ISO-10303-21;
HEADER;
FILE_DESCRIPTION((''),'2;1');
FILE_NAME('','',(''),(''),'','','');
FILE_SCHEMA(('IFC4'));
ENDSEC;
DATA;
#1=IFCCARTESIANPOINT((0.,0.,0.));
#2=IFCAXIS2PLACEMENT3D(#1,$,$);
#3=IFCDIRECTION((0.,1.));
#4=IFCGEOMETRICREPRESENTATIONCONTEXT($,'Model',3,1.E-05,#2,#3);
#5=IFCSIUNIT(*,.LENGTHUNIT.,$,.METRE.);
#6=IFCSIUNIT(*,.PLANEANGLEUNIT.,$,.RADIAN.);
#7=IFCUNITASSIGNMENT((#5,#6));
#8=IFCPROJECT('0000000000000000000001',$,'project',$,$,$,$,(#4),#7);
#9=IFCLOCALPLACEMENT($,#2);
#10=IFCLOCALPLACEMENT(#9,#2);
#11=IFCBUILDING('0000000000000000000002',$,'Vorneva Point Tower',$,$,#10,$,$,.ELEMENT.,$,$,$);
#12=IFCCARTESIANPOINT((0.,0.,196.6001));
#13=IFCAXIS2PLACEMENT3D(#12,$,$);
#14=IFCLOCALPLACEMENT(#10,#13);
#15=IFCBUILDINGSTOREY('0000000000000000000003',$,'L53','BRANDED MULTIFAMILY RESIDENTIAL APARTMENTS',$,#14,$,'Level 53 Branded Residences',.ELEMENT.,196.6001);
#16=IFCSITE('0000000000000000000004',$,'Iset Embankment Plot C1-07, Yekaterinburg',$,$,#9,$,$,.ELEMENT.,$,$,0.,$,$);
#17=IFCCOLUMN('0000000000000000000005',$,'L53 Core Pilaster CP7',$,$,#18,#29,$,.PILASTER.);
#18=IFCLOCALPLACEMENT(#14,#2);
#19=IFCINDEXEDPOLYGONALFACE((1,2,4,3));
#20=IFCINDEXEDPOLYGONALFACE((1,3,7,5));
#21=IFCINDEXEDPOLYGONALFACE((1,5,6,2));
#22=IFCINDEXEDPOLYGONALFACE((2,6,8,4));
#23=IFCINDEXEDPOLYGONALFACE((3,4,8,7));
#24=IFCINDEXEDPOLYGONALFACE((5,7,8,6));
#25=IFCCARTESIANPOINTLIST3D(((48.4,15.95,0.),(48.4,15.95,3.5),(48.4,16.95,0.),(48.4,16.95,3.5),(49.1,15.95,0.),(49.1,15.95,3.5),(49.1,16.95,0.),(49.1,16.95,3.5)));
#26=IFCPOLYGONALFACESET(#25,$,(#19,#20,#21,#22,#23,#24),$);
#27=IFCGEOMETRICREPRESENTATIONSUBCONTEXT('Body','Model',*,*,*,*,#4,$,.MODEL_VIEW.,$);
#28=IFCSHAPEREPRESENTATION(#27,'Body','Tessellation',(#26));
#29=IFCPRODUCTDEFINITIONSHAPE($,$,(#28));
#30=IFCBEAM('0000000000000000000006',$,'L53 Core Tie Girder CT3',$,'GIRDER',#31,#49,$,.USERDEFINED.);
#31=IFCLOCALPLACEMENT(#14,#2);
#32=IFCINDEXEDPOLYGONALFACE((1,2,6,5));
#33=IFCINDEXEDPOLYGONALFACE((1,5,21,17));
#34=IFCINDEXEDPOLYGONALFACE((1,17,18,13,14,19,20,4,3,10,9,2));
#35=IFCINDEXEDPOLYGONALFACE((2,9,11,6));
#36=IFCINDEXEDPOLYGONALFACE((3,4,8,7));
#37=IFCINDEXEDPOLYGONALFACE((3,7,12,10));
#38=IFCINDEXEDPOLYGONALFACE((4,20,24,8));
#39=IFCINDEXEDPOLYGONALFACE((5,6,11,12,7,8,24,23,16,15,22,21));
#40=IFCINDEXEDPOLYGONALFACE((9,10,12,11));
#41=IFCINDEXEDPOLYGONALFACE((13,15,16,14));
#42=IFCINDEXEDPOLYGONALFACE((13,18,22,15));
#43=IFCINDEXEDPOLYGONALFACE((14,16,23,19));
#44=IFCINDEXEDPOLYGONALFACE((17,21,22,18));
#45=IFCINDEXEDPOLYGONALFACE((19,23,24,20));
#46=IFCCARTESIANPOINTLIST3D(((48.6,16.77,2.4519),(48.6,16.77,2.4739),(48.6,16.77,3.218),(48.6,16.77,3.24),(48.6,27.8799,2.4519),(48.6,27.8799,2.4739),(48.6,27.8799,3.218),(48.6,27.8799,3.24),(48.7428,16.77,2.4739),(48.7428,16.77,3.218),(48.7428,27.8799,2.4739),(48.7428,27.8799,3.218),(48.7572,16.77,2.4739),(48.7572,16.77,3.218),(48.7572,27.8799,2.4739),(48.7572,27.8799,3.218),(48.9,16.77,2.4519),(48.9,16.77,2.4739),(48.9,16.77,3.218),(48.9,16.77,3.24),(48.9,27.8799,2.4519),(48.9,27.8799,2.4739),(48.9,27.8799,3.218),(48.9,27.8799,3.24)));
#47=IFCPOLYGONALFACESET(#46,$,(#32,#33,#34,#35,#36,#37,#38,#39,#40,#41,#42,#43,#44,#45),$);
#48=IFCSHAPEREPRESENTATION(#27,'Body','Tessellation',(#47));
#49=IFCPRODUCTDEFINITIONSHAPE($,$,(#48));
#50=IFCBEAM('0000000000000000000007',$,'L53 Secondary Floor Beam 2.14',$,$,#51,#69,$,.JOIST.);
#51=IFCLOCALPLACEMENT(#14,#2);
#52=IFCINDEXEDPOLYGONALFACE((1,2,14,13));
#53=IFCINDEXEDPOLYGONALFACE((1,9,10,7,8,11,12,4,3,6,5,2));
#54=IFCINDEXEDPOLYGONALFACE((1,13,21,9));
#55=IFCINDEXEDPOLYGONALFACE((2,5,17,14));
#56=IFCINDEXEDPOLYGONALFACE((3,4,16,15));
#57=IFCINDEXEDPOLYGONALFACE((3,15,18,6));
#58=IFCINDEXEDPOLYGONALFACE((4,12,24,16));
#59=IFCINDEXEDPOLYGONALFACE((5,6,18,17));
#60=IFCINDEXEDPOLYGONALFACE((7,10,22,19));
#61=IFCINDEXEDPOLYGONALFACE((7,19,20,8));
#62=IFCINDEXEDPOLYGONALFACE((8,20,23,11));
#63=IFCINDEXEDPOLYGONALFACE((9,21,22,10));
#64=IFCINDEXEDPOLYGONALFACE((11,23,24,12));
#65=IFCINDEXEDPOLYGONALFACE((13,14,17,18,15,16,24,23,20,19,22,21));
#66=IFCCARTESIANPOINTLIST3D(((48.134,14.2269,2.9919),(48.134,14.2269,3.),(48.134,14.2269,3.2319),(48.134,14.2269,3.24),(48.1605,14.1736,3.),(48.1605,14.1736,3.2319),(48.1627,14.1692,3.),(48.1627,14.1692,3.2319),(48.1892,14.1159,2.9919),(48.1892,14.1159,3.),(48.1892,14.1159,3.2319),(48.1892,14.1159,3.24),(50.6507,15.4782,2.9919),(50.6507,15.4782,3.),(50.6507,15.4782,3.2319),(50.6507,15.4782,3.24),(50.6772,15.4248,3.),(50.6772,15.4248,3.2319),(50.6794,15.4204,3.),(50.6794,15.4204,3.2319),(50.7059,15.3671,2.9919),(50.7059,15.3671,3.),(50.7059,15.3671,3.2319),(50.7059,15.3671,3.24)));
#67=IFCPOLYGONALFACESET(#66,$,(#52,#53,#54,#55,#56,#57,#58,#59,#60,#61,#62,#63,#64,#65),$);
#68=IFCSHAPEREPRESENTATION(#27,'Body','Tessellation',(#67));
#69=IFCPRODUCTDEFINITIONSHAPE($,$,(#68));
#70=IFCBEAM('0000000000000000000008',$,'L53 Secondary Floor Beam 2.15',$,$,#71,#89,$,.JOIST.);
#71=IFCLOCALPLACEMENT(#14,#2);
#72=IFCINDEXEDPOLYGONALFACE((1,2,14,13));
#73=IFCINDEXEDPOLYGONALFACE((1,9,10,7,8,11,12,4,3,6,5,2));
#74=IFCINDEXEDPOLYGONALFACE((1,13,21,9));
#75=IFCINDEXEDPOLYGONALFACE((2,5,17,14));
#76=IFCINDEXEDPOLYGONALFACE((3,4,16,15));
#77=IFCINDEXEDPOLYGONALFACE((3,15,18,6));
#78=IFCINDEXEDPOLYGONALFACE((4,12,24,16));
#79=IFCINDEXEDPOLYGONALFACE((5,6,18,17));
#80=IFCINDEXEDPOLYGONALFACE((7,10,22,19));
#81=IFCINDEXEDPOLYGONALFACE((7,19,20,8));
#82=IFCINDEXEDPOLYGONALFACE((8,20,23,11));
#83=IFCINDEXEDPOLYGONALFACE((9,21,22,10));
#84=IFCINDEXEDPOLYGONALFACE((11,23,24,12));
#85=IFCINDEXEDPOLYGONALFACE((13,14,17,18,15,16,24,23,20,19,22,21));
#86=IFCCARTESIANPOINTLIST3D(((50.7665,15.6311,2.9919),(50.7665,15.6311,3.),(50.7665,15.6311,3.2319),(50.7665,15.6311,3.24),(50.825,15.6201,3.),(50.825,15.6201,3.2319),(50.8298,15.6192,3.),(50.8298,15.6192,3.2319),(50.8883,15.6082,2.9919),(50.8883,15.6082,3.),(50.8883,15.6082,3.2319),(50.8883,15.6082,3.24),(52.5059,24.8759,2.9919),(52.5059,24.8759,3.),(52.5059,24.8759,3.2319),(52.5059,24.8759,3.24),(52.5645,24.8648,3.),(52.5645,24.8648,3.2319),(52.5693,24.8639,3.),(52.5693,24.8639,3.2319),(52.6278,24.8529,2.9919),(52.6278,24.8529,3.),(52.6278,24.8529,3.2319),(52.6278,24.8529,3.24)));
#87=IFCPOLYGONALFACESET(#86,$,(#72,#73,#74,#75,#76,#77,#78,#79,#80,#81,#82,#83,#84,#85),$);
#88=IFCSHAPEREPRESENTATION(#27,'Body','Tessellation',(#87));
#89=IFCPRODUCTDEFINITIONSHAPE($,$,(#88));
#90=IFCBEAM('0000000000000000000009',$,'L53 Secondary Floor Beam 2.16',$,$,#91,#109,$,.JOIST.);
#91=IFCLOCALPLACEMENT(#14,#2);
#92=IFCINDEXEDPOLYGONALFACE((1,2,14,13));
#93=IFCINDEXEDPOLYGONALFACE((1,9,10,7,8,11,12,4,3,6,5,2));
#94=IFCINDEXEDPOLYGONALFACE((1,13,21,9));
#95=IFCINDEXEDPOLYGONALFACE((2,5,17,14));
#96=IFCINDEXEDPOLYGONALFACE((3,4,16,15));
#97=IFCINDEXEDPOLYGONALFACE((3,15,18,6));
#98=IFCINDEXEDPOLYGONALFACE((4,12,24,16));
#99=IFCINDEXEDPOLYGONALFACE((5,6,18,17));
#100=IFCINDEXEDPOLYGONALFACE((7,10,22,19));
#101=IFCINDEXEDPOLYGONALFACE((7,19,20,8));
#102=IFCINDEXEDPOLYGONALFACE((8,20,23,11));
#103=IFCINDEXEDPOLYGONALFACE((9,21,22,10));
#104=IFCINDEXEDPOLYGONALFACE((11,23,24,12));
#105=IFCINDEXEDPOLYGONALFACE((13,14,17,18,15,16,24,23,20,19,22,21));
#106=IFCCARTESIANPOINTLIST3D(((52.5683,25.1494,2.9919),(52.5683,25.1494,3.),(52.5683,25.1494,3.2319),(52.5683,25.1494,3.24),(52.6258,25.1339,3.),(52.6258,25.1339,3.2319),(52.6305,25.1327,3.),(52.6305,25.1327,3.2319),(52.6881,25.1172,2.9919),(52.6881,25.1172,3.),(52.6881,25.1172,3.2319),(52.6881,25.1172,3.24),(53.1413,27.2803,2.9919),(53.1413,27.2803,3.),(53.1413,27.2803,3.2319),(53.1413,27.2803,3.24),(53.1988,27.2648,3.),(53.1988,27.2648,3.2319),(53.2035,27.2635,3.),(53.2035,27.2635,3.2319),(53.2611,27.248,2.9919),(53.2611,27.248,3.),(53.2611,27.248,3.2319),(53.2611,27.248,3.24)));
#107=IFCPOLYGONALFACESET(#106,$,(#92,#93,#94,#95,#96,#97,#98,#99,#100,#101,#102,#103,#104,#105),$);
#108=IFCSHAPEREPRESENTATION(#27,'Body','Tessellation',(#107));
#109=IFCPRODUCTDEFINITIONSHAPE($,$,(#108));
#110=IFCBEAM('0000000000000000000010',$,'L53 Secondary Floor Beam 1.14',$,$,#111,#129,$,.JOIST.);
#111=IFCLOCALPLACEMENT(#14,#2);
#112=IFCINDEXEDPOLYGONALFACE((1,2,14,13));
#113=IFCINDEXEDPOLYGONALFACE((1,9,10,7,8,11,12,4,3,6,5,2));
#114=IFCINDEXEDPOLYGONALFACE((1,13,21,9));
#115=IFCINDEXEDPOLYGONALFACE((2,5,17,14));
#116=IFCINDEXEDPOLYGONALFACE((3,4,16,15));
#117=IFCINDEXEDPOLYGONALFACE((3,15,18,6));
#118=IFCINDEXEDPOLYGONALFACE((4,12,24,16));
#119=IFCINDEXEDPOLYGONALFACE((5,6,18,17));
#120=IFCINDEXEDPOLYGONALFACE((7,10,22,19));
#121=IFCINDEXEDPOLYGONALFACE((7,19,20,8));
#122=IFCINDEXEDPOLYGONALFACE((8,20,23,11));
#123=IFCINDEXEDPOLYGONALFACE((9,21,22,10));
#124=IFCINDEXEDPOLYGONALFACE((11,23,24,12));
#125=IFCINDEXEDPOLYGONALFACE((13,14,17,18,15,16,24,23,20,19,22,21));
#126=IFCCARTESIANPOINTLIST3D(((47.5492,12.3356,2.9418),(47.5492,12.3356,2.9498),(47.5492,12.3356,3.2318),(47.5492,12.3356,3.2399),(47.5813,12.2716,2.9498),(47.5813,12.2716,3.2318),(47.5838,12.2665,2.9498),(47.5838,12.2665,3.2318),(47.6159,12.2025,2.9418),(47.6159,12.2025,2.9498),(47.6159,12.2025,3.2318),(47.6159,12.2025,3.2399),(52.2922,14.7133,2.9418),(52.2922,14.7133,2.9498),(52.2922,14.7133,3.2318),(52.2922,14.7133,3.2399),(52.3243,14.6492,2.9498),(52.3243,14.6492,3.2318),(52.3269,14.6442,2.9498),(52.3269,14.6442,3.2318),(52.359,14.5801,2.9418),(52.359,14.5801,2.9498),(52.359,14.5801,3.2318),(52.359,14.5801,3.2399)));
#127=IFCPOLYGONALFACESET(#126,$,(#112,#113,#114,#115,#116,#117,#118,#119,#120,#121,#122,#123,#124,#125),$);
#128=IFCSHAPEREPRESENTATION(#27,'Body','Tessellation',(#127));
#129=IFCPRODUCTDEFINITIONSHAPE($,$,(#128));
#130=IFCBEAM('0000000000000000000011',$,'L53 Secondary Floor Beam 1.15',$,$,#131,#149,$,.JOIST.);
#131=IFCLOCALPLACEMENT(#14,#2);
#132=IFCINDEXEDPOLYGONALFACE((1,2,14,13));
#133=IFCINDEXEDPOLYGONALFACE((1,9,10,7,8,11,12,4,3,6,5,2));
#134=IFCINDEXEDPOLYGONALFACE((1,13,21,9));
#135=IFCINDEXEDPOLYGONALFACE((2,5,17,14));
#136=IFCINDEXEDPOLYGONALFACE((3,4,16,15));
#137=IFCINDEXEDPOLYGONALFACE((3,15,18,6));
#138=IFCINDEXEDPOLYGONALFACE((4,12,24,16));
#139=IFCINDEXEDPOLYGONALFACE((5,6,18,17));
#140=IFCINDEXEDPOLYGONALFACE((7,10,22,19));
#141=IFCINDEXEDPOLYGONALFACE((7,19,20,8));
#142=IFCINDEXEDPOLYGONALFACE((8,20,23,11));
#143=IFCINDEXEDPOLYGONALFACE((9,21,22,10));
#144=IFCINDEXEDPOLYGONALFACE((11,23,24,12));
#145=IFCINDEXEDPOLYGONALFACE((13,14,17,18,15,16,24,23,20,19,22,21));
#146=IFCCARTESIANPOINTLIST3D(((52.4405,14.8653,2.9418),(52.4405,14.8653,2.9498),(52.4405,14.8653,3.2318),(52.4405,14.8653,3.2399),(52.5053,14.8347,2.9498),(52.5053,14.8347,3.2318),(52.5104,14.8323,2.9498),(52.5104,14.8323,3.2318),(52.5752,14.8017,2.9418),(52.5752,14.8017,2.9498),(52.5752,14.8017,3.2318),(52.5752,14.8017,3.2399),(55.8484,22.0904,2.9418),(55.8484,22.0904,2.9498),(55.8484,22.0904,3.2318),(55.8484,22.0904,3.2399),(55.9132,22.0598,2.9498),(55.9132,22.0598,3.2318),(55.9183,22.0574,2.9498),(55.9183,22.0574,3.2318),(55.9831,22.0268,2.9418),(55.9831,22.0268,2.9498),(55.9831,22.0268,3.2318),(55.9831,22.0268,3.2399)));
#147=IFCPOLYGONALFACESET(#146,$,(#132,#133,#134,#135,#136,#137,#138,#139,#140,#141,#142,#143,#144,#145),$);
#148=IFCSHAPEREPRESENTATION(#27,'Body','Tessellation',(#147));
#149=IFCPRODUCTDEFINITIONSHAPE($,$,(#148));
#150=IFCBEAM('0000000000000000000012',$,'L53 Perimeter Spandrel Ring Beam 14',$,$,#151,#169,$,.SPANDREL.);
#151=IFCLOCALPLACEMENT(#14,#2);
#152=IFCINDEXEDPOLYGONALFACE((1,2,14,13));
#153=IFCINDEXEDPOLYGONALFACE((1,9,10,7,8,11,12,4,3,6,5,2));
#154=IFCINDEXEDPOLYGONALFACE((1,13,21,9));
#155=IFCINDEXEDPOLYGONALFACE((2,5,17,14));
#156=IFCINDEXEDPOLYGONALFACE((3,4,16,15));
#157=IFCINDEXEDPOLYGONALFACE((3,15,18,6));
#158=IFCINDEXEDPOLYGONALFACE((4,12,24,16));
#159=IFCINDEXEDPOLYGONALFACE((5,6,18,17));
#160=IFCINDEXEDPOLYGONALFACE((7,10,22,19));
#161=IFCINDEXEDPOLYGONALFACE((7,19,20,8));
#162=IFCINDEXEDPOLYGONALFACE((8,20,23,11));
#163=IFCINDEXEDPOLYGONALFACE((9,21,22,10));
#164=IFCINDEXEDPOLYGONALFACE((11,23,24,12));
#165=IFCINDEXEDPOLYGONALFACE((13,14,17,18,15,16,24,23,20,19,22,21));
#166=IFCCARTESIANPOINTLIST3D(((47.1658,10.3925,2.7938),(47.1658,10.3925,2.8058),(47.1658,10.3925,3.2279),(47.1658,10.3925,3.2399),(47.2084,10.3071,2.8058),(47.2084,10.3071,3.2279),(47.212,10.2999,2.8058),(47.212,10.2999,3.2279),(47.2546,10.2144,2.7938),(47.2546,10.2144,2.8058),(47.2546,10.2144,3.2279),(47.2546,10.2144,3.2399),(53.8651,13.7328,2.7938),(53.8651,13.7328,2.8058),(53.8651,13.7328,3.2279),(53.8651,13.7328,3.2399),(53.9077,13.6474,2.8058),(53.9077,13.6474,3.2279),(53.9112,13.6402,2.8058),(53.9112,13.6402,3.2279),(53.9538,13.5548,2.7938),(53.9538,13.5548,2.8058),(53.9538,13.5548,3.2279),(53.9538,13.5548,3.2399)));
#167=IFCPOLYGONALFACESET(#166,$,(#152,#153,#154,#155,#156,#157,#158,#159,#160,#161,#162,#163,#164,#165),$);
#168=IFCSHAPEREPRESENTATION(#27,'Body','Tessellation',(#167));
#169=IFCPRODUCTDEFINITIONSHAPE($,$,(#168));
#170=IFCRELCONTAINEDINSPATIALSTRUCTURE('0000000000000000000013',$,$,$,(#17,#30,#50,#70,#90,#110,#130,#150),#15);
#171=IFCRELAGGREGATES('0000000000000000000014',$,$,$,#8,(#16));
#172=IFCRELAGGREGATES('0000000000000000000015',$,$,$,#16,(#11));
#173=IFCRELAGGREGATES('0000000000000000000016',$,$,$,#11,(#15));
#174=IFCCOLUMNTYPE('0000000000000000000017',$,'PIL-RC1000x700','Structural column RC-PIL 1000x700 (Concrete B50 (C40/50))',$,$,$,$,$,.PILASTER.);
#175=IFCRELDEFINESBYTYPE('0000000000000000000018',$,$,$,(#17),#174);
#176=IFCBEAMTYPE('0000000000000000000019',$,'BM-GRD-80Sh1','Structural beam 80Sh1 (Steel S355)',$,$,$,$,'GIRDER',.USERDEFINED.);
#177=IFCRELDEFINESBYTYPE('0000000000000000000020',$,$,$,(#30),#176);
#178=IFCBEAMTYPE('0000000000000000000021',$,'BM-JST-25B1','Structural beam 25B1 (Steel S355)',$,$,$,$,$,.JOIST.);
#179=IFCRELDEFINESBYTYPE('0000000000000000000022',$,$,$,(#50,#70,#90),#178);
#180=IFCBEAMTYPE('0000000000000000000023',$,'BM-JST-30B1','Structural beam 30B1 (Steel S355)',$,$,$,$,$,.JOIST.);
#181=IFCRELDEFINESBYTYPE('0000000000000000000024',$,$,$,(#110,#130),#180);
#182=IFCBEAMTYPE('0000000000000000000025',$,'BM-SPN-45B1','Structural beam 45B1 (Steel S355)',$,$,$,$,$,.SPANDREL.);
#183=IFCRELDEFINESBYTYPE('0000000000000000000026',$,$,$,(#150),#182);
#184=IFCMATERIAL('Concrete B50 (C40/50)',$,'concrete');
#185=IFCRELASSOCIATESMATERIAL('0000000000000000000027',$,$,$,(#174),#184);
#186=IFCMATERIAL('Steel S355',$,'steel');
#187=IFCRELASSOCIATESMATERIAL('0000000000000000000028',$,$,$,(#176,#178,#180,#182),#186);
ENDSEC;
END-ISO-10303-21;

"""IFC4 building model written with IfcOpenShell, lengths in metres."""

from ifc_helpers import new_model, si_unit, direction, frame, origin, origin_2d, place, context, subcontext, project, spatial, rectangle, i_section, extrude, material, material_profile, profile_set, type_object, element, save


model = new_model("IFC4")

# Units and contexts
model_context = context("Model", 3, precision=1e-05, world=origin(), true_north=direction((0.0, 1.0)))
body_context = subcontext(model_context, "Body", "Model", "MODEL_VIEW")
ifc_project = project(units=[si_unit("LENGTHUNIT", "METRE"), si_unit("PLANEANGLEUNIT", "RADIAN")], contexts=[model_context])

# Site, building, storey
site_placement = place(None, origin())
site = spatial("IfcSite", under=ifc_project, at=site_placement, Name="Iset Embankment Plot C1-07, Yekaterinburg", CompositionType="ELEMENT", RefElevation=0.0)
building_placement = place(site_placement, origin())
building = spatial("IfcBuilding", under=site, at=building_placement, Name="Vorneva Point Tower", CompositionType="ELEMENT")
storey_placement = place(building_placement, frame((0.0, 0.0, 196.6001)))
storey = spatial("IfcBuildingStorey", under=building, at=storey_placement, Name="L53", Description="BRANDED MULTIFAMILY RESIDENTIAL APARTMENTS", LongName="Level 53 Branded Residences", CompositionType="ELEMENT", Elevation=196.6001)

# Column
ifc_material_1 = material(Name="Concrete B50 (C40/50)", Category="concrete")
ifc_material_profile_1 = material_profile(ifc_material_1, rectangle(XDim=0.7, YDim=1.0, at=origin_2d()), Name="RC-PIL 1000x700")
ifc_profile_set_1 = profile_set([ifc_material_profile_1], Name="Concrete B50 (C40/50)")
column_type = type_object("IfcColumnType", Name="PIL-RC1000x700", Description="Structural column RC-PIL 1000x700 (Concrete B50 (C40/50))", PredefinedType="PILASTER", material=ifc_profile_set_1)
column_placement = place(storey_placement, frame((48.75, 16.45, 0.0), z_axis=(0.0, 0.0, 1.0), x_axis=(1.0, 0.0, 0.0)))
element("IfcColumn", 1, at=column_placement, inside=storey, type_object=column_type, Name="L53 Core Pilaster CP7", PredefinedType="PILASTER", context=body_context, shape_type="SweptSolid", body=[
    extrude(rectangle(XDim=0.7, YDim=1.0, at=origin_2d()), origin(), (0.0, 0.0, 1.0), 3.5),
])

# Beams
ifc_material_2 = material(Name="Steel S355", Category="steel")
ifc_material_profile_2 = material_profile(ifc_material_2, i_section(OverallWidth=0.3, OverallDepth=0.7881, WebThickness=0.0144, FlangeThickness=0.022, at=origin_2d()), Name="80Sh1")
ifc_profile_set_2 = profile_set([ifc_material_profile_2], Name="Steel S355")
beam_type_1 = type_object("IfcBeamType", Name="BM-GRD-80Sh1", Description="Structural beam 80Sh1 (Steel S355)", ElementType="GIRDER", PredefinedType="USERDEFINED", material=ifc_profile_set_2)
beam_1_placement = place(storey_placement, frame((48.75, 16.77, 2.8459), z_axis=(0.0, 1.0, 0.0), x_axis=(-1.0, 0.0, 0.0)))
element("IfcBeam", 2, at=beam_1_placement, inside=storey, type_object=beam_type_1, Name="L53 Core Tie Girder CT3", ObjectType="GIRDER", PredefinedType="USERDEFINED", context=body_context, shape_type="SweptSolid", body=[
    extrude(i_section(OverallWidth=0.3, OverallDepth=0.7881, WebThickness=0.0144, FlangeThickness=0.022, at=origin_2d()), origin(), (0.0, 0.0, 1.0), 11.1099),
])
ifc_material_profile_3 = material_profile(ifc_material_2, i_section(OverallWidth=0.124, OverallDepth=0.248, WebThickness=0.0049, FlangeThickness=0.0081, at=origin_2d()), Name="25B1")
ifc_profile_set_3 = profile_set([ifc_material_profile_3], Name="Steel S355")
beam_type_2 = type_object("IfcBeamType", Name="BM-JST-25B1", Description="Structural beam 25B1 (Steel S355)", PredefinedType="JOIST", material=ifc_profile_set_3)
beam_2_placement = place(storey_placement, frame((48.1616, 14.1714, 3.116), z_axis=(0.895433, 0.445197, 0.0), x_axis=(-0.445197, 0.895433, 0.0)))
element("IfcBeam", 3, at=beam_2_placement, inside=storey, type_object=beam_type_2, Name="L53 Secondary Floor Beam 2.14", PredefinedType="JOIST", context=body_context, shape_type="SweptSolid", body=[
    extrude(i_section(OverallWidth=0.124, OverallDepth=0.248, WebThickness=0.0049, FlangeThickness=0.0081, at=origin_2d()), origin(), (0.0, 0.0, 1.0), 2.8105),
])
beam_3_placement = place(storey_placement, frame((50.8274, 15.6196, 3.116), z_axis=(0.184914, 0.982755, 0.0), x_axis=(-0.982755, 0.184914, 0.0)))
element("IfcBeam", 4, at=beam_3_placement, inside=storey, type_object=beam_type_2, Name="L53 Secondary Floor Beam 2.15", PredefinedType="JOIST", context=body_context, shape_type="SweptSolid", body=[
    extrude(i_section(OverallWidth=0.124, OverallDepth=0.248, WebThickness=0.0049, FlangeThickness=0.0081, at=origin_2d()), origin(), (0.0, 0.0, 1.0), 9.407),
])
beam_4_placement = place(storey_placement, frame((52.6282, 25.1333, 3.116), z_axis=(0.25968, 0.965695, 0.0), x_axis=(-0.965695, 0.25968, 0.0)))
element("IfcBeam", 5, at=beam_4_placement, inside=storey, type_object=beam_type_2, Name="L53 Secondary Floor Beam 2.16", PredefinedType="JOIST", context=body_context, shape_type="SweptSolid", body=[
    extrude(i_section(OverallWidth=0.124, OverallDepth=0.248, WebThickness=0.0049, FlangeThickness=0.0081, at=origin_2d()), origin(), (0.0, 0.0, 1.0), 2.2065),
])
ifc_material_profile_4 = material_profile(ifc_material_2, i_section(OverallWidth=0.1489, OverallDepth=0.2981, WebThickness=0.0056, FlangeThickness=0.0081, at=origin_2d()), Name="30B1")
ifc_profile_set_4 = profile_set([ifc_material_profile_4], Name="Steel S355")
beam_type_3 = type_object("IfcBeamType", Name="BM-JST-30B1", Description="Structural beam 30B1 (Steel S355)", PredefinedType="JOIST", material=ifc_profile_set_4)
beam_5_placement = place(storey_placement, frame((47.5825, 12.269, 3.0908), z_axis=(0.893967, 0.448134, 0.0), x_axis=(-0.448134, 0.893967, 0.0)))
element("IfcBeam", 6, at=beam_5_placement, inside=storey, type_object=beam_type_3, Name="L53 Secondary Floor Beam 1.14", PredefinedType="JOIST", context=body_context, shape_type="SweptSolid", body=[
    extrude(i_section(OverallWidth=0.1489, OverallDepth=0.2981, WebThickness=0.0056, FlangeThickness=0.0081, at=origin_2d()), origin(), (0.0, 0.0, 1.0), 5.3057),
])
beam_6_placement = place(storey_placement, frame((52.5078, 14.8335, 3.0908), z_axis=(0.426608, 0.904437, 0.0), x_axis=(-0.904437, 0.426608, 0.0)))
element("IfcBeam", 7, at=beam_6_placement, inside=storey, type_object=beam_type_3, Name="L53 Secondary Floor Beam 1.15", PredefinedType="JOIST", context=body_context, shape_type="SweptSolid", body=[
    extrude(i_section(OverallWidth=0.1489, OverallDepth=0.2981, WebThickness=0.0056, FlangeThickness=0.0081, at=origin_2d()), origin(), (0.0, 0.0, 1.0), 7.9885),
])
ifc_material_profile_5 = material_profile(ifc_material_2, i_section(OverallWidth=0.199, OverallDepth=0.446, WebThickness=0.0081, FlangeThickness=0.012, at=origin_2d()), Name="45B1")
ifc_profile_set_5 = profile_set([ifc_material_profile_5], Name="Steel S355")
beam_type_4 = type_object("IfcBeamType", Name="BM-SPN-45B1", Description="Structural beam 45B1 (Steel S355)", PredefinedType="SPANDREL", material=ifc_profile_set_5)
beam_7_placement = place(storey_placement, frame((47.2102, 10.3035, 3.0168), z_axis=(0.894922, 0.446222, 0.0), x_axis=(-0.446222, 0.894922, 0.0)))
element("IfcBeam", 8, at=beam_7_placement, inside=storey, type_object=beam_type_4, Name="L53 Perimeter Spandrel Ring Beam 14", PredefinedType="SPANDREL", context=body_context, shape_type="SweptSolid", body=[
    extrude(i_section(OverallWidth=0.199, OverallDepth=0.446, WebThickness=0.0081, FlangeThickness=0.012, at=origin_2d()), origin(), (0.0, 0.0, 1.0), 7.4858),
])

save(model, "model.ifc")
